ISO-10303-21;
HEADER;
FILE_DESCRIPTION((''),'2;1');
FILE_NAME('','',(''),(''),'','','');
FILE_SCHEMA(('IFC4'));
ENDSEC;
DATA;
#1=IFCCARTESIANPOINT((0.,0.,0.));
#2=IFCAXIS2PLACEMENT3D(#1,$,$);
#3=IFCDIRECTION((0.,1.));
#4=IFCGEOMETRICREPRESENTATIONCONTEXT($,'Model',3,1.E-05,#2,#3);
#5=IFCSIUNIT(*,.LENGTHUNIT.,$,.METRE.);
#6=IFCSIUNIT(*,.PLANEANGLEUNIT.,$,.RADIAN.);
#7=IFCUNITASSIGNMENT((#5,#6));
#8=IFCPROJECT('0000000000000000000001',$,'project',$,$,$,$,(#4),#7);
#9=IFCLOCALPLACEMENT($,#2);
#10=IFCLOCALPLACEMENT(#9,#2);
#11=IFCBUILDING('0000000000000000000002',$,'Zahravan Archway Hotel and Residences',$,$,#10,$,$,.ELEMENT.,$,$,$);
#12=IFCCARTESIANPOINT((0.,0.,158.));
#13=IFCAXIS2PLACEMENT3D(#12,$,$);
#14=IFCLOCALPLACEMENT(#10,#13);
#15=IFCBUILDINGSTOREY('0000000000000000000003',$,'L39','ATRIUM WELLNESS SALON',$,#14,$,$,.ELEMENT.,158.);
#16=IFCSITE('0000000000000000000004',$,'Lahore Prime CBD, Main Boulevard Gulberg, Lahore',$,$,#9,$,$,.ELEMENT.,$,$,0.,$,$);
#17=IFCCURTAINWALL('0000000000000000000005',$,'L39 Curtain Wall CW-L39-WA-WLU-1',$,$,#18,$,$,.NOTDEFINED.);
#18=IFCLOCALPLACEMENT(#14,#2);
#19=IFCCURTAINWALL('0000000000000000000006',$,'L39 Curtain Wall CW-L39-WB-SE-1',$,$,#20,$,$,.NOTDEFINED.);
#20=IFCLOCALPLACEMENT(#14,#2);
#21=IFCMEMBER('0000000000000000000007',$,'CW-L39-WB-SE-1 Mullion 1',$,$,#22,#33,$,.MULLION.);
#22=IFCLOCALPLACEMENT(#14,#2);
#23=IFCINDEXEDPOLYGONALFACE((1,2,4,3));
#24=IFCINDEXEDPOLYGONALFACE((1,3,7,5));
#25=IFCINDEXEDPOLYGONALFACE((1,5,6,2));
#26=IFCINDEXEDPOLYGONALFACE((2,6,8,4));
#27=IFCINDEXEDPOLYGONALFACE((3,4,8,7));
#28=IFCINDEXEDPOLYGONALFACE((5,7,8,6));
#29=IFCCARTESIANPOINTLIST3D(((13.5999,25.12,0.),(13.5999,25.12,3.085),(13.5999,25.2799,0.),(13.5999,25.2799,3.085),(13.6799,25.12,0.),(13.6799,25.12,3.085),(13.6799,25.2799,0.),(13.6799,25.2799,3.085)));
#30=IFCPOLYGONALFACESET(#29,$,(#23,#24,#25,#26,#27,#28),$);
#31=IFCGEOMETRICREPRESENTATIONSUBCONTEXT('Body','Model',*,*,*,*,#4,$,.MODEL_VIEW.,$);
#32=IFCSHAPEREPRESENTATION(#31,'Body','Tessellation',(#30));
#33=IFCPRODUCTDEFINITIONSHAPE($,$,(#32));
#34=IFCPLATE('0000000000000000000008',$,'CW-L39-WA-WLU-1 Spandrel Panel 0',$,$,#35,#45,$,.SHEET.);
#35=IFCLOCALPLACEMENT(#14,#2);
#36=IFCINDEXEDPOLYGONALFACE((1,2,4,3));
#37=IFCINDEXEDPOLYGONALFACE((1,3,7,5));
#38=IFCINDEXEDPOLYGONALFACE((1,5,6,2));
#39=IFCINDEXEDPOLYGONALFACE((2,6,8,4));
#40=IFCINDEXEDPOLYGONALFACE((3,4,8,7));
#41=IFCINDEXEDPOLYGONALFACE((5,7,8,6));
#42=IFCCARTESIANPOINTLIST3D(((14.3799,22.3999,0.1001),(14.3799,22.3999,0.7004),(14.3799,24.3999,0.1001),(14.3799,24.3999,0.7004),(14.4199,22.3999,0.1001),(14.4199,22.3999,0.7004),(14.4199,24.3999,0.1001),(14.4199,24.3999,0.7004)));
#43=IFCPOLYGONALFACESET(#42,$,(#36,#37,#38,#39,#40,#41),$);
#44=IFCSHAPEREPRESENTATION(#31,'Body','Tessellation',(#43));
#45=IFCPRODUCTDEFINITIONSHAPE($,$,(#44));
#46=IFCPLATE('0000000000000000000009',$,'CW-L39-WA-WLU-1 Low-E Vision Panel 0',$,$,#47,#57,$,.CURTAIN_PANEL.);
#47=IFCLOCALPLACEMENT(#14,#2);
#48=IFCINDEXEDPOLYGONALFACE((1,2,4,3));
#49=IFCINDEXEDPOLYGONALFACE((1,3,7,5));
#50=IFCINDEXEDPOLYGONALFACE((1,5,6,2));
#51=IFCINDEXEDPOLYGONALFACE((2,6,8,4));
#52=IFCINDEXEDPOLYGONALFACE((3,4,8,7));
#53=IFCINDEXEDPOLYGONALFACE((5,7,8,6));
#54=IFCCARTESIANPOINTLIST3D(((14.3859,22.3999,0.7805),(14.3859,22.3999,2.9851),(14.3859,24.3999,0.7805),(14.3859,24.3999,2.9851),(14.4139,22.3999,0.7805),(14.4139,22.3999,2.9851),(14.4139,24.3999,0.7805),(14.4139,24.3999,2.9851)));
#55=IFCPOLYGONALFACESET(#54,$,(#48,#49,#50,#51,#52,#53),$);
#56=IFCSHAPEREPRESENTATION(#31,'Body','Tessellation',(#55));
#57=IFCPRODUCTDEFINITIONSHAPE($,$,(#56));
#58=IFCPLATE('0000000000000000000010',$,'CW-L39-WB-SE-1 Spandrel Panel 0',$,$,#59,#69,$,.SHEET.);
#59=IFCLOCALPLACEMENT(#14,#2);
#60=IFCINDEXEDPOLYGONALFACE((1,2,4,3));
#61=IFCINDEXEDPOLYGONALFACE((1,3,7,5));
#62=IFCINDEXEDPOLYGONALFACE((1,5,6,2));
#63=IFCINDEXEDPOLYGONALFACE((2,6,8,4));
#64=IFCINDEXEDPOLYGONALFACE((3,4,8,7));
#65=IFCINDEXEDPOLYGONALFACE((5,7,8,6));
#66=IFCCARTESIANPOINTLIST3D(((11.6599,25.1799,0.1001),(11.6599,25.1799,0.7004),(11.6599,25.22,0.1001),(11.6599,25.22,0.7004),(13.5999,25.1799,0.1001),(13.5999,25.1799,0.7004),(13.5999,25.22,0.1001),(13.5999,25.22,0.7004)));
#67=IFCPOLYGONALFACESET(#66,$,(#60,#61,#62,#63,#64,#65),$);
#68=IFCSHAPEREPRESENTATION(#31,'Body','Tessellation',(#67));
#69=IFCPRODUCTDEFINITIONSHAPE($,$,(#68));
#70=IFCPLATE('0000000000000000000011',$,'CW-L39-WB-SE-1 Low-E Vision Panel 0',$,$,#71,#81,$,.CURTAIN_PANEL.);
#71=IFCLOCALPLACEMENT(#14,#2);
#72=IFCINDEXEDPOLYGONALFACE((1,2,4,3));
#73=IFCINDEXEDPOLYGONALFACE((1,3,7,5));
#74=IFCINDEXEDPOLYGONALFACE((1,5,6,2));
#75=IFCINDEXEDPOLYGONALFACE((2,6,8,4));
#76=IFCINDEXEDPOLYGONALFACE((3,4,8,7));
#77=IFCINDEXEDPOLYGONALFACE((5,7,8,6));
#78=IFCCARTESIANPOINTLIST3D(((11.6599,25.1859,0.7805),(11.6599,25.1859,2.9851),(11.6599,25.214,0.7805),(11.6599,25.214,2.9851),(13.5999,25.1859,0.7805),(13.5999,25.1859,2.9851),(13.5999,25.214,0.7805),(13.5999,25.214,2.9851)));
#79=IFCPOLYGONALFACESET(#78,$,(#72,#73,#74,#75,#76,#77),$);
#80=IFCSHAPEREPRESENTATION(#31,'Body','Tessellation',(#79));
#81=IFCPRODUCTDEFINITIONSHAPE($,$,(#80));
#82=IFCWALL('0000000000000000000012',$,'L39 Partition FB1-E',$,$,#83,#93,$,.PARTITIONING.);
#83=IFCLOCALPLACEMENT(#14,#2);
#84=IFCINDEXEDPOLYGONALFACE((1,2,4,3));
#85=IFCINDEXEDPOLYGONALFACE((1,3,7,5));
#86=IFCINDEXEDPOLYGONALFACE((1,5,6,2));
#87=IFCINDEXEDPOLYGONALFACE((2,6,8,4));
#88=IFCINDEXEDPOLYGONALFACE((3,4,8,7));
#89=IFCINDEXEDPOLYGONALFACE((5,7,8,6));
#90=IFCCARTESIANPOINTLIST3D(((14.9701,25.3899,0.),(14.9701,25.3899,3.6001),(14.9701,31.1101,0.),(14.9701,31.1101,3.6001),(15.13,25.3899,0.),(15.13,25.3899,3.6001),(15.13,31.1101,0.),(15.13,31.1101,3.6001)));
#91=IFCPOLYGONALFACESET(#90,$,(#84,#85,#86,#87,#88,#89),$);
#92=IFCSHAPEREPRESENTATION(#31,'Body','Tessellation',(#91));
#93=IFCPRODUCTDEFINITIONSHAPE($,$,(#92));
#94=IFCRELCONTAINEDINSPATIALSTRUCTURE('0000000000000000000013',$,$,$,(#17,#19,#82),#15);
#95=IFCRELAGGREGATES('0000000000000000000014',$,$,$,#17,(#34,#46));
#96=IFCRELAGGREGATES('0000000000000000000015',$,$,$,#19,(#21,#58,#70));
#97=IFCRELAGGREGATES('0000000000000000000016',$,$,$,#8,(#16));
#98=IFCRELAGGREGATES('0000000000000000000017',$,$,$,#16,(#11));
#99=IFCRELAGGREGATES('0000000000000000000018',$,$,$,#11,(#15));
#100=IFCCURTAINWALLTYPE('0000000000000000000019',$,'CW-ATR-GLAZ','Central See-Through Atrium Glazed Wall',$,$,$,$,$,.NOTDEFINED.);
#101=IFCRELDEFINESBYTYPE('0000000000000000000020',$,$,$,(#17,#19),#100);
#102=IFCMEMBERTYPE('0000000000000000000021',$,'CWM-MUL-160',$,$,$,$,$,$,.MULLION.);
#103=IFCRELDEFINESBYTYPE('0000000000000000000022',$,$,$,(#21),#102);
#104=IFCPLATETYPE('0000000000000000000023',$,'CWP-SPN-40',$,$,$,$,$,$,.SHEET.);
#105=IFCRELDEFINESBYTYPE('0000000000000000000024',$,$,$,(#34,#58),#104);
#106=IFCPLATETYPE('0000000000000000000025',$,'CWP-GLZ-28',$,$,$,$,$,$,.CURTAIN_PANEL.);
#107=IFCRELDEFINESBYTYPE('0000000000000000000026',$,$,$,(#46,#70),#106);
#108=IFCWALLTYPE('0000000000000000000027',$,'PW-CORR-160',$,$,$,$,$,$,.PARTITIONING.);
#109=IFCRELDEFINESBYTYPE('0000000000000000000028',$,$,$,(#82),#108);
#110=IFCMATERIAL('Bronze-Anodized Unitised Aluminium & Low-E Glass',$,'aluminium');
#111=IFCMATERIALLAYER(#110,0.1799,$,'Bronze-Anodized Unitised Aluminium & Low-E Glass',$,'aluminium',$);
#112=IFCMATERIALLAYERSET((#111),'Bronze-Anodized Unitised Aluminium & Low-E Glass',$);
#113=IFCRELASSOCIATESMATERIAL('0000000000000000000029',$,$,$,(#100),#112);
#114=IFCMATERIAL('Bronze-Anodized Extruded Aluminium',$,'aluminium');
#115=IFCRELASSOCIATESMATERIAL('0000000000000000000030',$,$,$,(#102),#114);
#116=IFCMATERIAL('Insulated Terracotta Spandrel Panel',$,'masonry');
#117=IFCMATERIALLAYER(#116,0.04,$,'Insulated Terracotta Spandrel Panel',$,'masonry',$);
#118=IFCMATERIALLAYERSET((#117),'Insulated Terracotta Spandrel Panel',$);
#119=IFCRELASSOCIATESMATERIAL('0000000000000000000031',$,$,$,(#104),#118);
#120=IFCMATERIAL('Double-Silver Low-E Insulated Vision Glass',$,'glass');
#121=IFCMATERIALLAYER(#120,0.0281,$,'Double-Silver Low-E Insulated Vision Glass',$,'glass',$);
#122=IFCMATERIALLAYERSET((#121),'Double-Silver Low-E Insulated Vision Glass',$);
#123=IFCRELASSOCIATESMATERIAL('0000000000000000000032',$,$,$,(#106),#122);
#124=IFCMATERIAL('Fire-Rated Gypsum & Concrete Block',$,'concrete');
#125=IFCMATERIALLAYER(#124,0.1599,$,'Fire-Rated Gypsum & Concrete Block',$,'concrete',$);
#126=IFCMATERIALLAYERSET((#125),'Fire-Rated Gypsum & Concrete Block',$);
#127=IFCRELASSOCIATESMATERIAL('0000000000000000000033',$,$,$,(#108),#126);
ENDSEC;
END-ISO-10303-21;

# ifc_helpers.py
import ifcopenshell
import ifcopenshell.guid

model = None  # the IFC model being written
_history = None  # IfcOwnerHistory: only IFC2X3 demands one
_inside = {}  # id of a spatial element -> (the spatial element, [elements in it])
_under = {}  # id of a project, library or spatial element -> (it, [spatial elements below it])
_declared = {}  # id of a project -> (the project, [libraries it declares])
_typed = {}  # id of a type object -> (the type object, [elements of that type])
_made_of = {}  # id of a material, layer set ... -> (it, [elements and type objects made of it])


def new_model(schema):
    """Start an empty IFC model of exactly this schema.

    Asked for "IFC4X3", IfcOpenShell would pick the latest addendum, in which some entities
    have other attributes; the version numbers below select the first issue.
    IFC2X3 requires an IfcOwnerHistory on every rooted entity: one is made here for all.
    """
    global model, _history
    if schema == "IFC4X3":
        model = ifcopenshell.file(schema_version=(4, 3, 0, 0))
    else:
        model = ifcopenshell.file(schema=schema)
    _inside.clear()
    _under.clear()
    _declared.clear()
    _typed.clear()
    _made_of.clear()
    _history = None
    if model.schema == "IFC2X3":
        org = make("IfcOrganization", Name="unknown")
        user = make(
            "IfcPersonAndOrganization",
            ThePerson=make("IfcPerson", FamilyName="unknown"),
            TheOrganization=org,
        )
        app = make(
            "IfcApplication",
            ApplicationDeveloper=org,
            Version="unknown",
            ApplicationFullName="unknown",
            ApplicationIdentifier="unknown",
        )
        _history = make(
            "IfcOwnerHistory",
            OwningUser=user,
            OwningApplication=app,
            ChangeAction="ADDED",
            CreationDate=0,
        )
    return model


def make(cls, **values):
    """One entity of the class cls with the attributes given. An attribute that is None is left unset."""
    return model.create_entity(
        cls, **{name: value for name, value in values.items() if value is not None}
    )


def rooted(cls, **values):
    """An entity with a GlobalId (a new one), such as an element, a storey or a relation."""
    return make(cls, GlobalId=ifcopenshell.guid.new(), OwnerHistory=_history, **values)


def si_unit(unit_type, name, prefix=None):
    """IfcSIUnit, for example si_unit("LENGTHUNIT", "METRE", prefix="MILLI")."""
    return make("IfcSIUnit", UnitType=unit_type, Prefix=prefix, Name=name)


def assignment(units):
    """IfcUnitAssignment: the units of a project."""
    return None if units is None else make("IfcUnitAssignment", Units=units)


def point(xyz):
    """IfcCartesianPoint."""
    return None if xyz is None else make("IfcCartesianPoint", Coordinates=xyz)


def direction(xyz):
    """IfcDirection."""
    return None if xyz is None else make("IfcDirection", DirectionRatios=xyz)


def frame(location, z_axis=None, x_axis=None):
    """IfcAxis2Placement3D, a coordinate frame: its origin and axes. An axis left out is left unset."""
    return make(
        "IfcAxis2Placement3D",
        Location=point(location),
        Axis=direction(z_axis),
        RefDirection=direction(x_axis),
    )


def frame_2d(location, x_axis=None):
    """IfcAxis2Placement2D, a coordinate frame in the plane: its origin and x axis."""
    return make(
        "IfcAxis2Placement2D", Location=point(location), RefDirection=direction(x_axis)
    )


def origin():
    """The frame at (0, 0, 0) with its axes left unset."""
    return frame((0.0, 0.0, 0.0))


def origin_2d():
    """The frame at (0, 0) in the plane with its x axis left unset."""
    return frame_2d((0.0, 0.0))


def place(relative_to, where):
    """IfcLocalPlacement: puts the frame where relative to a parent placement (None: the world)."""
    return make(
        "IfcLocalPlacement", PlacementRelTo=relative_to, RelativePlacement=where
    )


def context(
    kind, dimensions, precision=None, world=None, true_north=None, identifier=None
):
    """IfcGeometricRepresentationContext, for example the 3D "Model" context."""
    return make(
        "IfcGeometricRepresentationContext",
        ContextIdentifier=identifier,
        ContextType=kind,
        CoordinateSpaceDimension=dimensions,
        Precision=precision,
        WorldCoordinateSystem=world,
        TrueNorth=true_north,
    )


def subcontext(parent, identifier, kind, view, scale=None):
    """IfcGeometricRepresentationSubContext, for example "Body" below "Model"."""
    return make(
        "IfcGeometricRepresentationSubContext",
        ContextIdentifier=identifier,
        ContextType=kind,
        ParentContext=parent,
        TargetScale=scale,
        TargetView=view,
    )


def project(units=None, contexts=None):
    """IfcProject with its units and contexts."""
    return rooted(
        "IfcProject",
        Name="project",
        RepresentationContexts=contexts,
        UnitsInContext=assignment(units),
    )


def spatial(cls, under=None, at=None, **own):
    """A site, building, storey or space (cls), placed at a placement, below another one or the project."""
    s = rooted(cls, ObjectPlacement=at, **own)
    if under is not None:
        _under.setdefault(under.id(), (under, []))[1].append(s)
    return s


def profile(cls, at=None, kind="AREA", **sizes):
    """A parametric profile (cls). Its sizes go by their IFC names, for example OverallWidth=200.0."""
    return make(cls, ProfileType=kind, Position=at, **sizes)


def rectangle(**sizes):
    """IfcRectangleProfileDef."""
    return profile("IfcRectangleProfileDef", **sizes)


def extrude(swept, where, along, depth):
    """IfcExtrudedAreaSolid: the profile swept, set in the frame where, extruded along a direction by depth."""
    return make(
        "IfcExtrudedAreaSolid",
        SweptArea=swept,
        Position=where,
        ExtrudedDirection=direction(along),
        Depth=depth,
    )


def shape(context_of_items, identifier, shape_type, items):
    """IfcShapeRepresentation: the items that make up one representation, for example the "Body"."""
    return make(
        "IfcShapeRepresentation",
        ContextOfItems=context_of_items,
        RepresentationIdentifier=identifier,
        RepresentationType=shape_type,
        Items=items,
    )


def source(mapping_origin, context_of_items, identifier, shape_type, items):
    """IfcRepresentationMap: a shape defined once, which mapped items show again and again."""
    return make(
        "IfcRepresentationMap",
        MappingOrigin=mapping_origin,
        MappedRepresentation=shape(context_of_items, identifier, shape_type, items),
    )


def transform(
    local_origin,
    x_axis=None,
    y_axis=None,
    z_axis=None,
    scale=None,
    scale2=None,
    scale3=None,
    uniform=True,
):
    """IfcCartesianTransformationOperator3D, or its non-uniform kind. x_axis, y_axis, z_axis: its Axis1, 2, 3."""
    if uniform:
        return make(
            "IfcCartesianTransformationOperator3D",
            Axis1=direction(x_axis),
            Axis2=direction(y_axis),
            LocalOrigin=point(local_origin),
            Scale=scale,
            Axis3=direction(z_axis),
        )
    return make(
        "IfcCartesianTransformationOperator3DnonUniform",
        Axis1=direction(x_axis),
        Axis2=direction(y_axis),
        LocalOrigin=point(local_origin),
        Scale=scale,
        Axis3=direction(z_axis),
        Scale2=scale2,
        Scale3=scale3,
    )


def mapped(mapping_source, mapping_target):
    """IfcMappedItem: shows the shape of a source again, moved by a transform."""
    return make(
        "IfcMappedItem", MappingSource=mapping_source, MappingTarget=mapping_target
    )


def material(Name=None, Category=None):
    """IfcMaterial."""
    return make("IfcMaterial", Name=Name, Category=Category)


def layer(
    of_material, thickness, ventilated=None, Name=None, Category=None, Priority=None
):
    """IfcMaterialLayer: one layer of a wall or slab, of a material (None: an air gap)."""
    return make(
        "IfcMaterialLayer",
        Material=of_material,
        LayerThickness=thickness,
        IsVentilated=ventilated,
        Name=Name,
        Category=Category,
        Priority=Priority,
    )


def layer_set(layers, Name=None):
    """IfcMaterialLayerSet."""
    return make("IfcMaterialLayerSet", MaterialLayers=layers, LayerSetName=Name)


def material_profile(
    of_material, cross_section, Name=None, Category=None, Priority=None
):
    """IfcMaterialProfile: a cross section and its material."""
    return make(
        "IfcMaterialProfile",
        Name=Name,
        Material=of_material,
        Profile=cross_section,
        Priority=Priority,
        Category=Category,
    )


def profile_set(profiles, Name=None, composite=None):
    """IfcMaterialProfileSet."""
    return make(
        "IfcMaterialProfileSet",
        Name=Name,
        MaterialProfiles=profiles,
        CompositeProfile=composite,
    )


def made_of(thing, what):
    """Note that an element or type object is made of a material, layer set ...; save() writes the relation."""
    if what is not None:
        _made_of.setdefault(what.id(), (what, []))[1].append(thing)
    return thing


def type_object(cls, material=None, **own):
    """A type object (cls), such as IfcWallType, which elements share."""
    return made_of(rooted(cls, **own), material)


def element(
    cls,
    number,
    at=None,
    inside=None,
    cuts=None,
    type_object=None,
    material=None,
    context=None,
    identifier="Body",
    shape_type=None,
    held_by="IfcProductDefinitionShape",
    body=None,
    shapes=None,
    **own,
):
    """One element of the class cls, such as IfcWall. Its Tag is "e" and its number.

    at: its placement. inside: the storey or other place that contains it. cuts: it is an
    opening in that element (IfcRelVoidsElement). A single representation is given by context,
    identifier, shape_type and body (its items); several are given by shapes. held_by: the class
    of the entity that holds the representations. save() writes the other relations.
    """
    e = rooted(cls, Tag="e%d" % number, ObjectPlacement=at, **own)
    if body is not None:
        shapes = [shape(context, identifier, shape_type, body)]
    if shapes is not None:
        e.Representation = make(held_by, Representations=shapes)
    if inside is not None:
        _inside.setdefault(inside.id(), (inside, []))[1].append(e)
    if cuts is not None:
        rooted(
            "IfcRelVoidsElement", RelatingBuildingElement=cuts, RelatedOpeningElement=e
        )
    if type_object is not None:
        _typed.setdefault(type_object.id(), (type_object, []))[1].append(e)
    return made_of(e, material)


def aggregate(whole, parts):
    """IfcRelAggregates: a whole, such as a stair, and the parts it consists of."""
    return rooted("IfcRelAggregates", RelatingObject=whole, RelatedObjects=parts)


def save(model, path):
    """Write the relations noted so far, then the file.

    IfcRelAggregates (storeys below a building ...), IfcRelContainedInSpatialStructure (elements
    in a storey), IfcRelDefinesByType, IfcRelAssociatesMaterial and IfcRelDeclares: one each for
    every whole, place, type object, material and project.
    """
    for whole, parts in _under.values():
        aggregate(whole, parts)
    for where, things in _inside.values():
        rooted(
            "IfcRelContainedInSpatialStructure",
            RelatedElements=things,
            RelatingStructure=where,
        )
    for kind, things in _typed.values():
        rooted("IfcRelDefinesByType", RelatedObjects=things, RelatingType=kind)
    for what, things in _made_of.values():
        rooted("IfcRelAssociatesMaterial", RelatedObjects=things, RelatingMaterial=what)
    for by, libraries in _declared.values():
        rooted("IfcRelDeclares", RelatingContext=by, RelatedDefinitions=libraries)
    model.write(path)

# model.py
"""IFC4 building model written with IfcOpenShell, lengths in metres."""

from ifc_helpers import new_model, si_unit, direction, frame, frame_2d, origin, origin_2d, place, context, subcontext, project, spatial, rectangle, extrude, source, transform, mapped, material, layer, layer_set, material_profile, profile_set, type_object, element, aggregate, save


model = new_model("IFC4")

# Units and contexts
model_context = context("Model", 3, precision=1e-05, world=origin(), true_north=direction((0.0, 1.0)))
body_context = subcontext(model_context, "Body", "Model", "MODEL_VIEW")
ifc_project = project(units=[si_unit("LENGTHUNIT", "METRE"), si_unit("PLANEANGLEUNIT", "RADIAN")], contexts=[model_context])

# Site, building, storey
site_placement = place(None, origin())
site = spatial("IfcSite", under=ifc_project, at=site_placement, Name="Lahore Prime CBD, Main Boulevard Gulberg, Lahore", CompositionType="ELEMENT", RefElevation=0.0)
building_placement = place(site_placement, origin())
building = spatial("IfcBuilding", under=site, at=building_placement, Name="Zahravan Archway Hotel and Residences", CompositionType="ELEMENT")
storey_placement = place(building_placement, frame((0.0, 0.0, 158.0)))
storey = spatial("IfcBuildingStorey", under=building, at=storey_placement, Name="L39", Description="ATRIUM WELLNESS SALON", CompositionType="ELEMENT", Elevation=158.0)

# Curtain wall
ifc_material_1 = material(Name="Bronze-Anodized Unitised Aluminium & Low-E Glass", Category="aluminium")
ifc_layer_1 = layer(ifc_material_1, 0.1799, Name="Bronze-Anodized Unitised Aluminium & Low-E Glass", Category="aluminium")
ifc_layer_set_1 = layer_set([ifc_layer_1], Name="Bronze-Anodized Unitised Aluminium & Low-E Glass")
curtain_wall_type = type_object("IfcCurtainWallType", Name="CW-ATR-GLAZ", Description="Central See-Through Atrium Glazed Wall", PredefinedType="NOTDEFINED", material=ifc_layer_set_1)
curtain_wall_1_placement = place(storey_placement, origin())
curtain_wall_1 = element("IfcCurtainWall", 1, at=curtain_wall_1_placement, inside=storey, type_object=curtain_wall_type, Name="L39 Curtain Wall CW-L39-WA-WLU-1", PredefinedType="NOTDEFINED")
ifc_material_2 = material(Name="Bronze-Anodized Extruded Aluminium", Category="aluminium")
ifc_material_profile_1 = material_profile(ifc_material_2, rectangle(XDim=0.0801, YDim=0.1599, at=origin_2d()), Name="MUL 80x160", Category="aluminium")
ifc_profile_set_1 = profile_set([ifc_material_profile_1], Name="Bronze-Anodized Extruded Aluminium")
member_type_1 = type_object("IfcMemberType", Name="CWM-MUL-160", PredefinedType="MULLION", material=ifc_profile_set_1)
shared_shape_1 = source(origin(), body_context, "Body", "SweptSolid", [
    extrude(rectangle(XDim=0.0801, YDim=0.1599, at=origin_2d()), origin(), (0.0, 0.0, 1.0), 3.085),
])

# Curtain wall, member
curtain_wall_2_placement = place(storey_placement, origin())
curtain_wall_2 = element("IfcCurtainWall", 2, at=curtain_wall_2_placement, inside=storey, type_object=curtain_wall_type, Name="L39 Curtain Wall CW-L39-WB-SE-1", PredefinedType="NOTDEFINED")
member_1_placement = place(storey_placement, frame((13.6399, 25.2, 0.0), z_axis=(0.0, 0.0, 1.0), x_axis=(1.0, 0.0, 0.0)))
member_1 = element("IfcMember", 3, at=member_1_placement, type_object=member_type_1, Name="CW-L39-WB-SE-1 Mullion 1", PredefinedType="MULLION", context=body_context, shape_type="MappedRepresentation", body=[
    mapped(shared_shape_1, transform((0.0, 0.0, 0.0), scale=1.0)),
])

# Plates
ifc_material_3 = material(Name="Insulated Terracotta Spandrel Panel", Category="masonry")
ifc_layer_2 = layer(ifc_material_3, 0.04, Name="Insulated Terracotta Spandrel Panel", Category="masonry")
ifc_layer_set_2 = layer_set([ifc_layer_2], Name="Insulated Terracotta Spandrel Panel")
plate_type_1 = type_object("IfcPlateType", Name="CWP-SPN-40", PredefinedType="SHEET", material=ifc_layer_set_2)
shared_shape_2 = source(origin(), body_context, "Body", "SweptSolid", [
    extrude(rectangle(XDim=2.0, YDim=0.04, at=origin_2d()), origin(), (0.0, 0.0, 1.0), 0.6003),
])
plate_1_placement = place(storey_placement, frame((14.3999, 23.3999, 0.1001), z_axis=(0.0, 0.0, 1.0), x_axis=(0.0, 1.0, 0.0)))
plate_1 = element("IfcPlate", 4, at=plate_1_placement, type_object=plate_type_1, Name="CW-L39-WA-WLU-1 Spandrel Panel 0", PredefinedType="SHEET", context=body_context, shape_type="MappedRepresentation", body=[
    mapped(shared_shape_2, transform((0.0, 0.0, 0.0), scale=1.0)),
])
ifc_material_4 = material(Name="Double-Silver Low-E Insulated Vision Glass", Category="glass")
ifc_layer_3 = layer(ifc_material_4, 0.0281, Name="Double-Silver Low-E Insulated Vision Glass", Category="glass")
ifc_layer_set_3 = layer_set([ifc_layer_3], Name="Double-Silver Low-E Insulated Vision Glass")
plate_type_2 = type_object("IfcPlateType", Name="CWP-GLZ-28", PredefinedType="CURTAIN_PANEL", material=ifc_layer_set_3)
shared_shape_3 = source(origin(), body_context, "Body", "SweptSolid", [
    extrude(rectangle(XDim=2.0, YDim=0.0281, at=origin_2d()), origin(), (0.0, 0.0, 1.0), 2.2046),
])
plate_2_placement = place(storey_placement, frame((14.3999, 23.3999, 0.7805), z_axis=(0.0, 0.0, 1.0), x_axis=(0.0, 1.0, 0.0)))
plate_2 = element("IfcPlate", 5, at=plate_2_placement, type_object=plate_type_2, Name="CW-L39-WA-WLU-1 Low-E Vision Panel 0", PredefinedType="CURTAIN_PANEL", context=body_context, shape_type="MappedRepresentation", body=[
    mapped(shared_shape_3, transform((0.0, 0.0, 0.0), scale=1.0)),
])
aggregate(curtain_wall_1, [plate_1, plate_2])
shared_shape_4 = source(origin(), body_context, "Body", "SweptSolid", [
    extrude(rectangle(XDim=1.9399, YDim=0.04, at=origin_2d()), origin(), (0.0, 0.0, 1.0), 0.6003),
])
plate_3_placement = place(storey_placement, frame((12.6299, 25.2, 0.1001), z_axis=(0.0, 0.0, 1.0), x_axis=(1.0, 0.0, 0.0)))
plate_3 = element("IfcPlate", 6, at=plate_3_placement, type_object=plate_type_1, Name="CW-L39-WB-SE-1 Spandrel Panel 0", PredefinedType="SHEET", context=body_context, shape_type="MappedRepresentation", body=[
    mapped(shared_shape_4, transform((0.0, 0.0, 0.0), scale=1.0)),
])
shared_shape_5 = source(origin(), body_context, "Body", "SweptSolid", [
    extrude(rectangle(XDim=1.9399, YDim=0.0281, at=origin_2d()), origin(), (0.0, 0.0, 1.0), 2.2046),
])
plate_4_placement = place(storey_placement, frame((12.6299, 25.2, 0.7805), z_axis=(0.0, 0.0, 1.0), x_axis=(1.0, 0.0, 0.0)))
plate_4 = element("IfcPlate", 7, at=plate_4_placement, type_object=plate_type_2, Name="CW-L39-WB-SE-1 Low-E Vision Panel 0", PredefinedType="CURTAIN_PANEL", context=body_context, shape_type="MappedRepresentation", body=[
    mapped(shared_shape_5, transform((0.0, 0.0, 0.0), scale=1.0)),
])
aggregate(curtain_wall_2, [member_1, plate_3, plate_4])

# Wall
ifc_material_5 = material(Name="Fire-Rated Gypsum & Concrete Block", Category="concrete")
ifc_layer_4 = layer(ifc_material_5, 0.1599, Name="Fire-Rated Gypsum & Concrete Block", Category="concrete")
ifc_layer_set_4 = layer_set([ifc_layer_4], Name="Fire-Rated Gypsum & Concrete Block")
wall_type = type_object("IfcWallType", Name="PW-CORR-160", PredefinedType="PARTITIONING", material=ifc_layer_set_4)
wall_placement = place(storey_placement, frame((15.05, 25.3899, 0.0), z_axis=(0.0, 0.0, 1.0), x_axis=(0.0, 1.0, 0.0)))
element("IfcWall", 8, at=wall_placement, inside=storey, type_object=wall_type, Name="L39 Partition FB1-E", PredefinedType="PARTITIONING", context=body_context, shape_type="SweptSolid", body=[
    extrude(rectangle(XDim=5.7202, YDim=0.1599, at=frame_2d((2.8601, 0.0))), origin(), (0.0, 0.0, 1.0), 3.6001),
])

save(model, "model.ifc")
